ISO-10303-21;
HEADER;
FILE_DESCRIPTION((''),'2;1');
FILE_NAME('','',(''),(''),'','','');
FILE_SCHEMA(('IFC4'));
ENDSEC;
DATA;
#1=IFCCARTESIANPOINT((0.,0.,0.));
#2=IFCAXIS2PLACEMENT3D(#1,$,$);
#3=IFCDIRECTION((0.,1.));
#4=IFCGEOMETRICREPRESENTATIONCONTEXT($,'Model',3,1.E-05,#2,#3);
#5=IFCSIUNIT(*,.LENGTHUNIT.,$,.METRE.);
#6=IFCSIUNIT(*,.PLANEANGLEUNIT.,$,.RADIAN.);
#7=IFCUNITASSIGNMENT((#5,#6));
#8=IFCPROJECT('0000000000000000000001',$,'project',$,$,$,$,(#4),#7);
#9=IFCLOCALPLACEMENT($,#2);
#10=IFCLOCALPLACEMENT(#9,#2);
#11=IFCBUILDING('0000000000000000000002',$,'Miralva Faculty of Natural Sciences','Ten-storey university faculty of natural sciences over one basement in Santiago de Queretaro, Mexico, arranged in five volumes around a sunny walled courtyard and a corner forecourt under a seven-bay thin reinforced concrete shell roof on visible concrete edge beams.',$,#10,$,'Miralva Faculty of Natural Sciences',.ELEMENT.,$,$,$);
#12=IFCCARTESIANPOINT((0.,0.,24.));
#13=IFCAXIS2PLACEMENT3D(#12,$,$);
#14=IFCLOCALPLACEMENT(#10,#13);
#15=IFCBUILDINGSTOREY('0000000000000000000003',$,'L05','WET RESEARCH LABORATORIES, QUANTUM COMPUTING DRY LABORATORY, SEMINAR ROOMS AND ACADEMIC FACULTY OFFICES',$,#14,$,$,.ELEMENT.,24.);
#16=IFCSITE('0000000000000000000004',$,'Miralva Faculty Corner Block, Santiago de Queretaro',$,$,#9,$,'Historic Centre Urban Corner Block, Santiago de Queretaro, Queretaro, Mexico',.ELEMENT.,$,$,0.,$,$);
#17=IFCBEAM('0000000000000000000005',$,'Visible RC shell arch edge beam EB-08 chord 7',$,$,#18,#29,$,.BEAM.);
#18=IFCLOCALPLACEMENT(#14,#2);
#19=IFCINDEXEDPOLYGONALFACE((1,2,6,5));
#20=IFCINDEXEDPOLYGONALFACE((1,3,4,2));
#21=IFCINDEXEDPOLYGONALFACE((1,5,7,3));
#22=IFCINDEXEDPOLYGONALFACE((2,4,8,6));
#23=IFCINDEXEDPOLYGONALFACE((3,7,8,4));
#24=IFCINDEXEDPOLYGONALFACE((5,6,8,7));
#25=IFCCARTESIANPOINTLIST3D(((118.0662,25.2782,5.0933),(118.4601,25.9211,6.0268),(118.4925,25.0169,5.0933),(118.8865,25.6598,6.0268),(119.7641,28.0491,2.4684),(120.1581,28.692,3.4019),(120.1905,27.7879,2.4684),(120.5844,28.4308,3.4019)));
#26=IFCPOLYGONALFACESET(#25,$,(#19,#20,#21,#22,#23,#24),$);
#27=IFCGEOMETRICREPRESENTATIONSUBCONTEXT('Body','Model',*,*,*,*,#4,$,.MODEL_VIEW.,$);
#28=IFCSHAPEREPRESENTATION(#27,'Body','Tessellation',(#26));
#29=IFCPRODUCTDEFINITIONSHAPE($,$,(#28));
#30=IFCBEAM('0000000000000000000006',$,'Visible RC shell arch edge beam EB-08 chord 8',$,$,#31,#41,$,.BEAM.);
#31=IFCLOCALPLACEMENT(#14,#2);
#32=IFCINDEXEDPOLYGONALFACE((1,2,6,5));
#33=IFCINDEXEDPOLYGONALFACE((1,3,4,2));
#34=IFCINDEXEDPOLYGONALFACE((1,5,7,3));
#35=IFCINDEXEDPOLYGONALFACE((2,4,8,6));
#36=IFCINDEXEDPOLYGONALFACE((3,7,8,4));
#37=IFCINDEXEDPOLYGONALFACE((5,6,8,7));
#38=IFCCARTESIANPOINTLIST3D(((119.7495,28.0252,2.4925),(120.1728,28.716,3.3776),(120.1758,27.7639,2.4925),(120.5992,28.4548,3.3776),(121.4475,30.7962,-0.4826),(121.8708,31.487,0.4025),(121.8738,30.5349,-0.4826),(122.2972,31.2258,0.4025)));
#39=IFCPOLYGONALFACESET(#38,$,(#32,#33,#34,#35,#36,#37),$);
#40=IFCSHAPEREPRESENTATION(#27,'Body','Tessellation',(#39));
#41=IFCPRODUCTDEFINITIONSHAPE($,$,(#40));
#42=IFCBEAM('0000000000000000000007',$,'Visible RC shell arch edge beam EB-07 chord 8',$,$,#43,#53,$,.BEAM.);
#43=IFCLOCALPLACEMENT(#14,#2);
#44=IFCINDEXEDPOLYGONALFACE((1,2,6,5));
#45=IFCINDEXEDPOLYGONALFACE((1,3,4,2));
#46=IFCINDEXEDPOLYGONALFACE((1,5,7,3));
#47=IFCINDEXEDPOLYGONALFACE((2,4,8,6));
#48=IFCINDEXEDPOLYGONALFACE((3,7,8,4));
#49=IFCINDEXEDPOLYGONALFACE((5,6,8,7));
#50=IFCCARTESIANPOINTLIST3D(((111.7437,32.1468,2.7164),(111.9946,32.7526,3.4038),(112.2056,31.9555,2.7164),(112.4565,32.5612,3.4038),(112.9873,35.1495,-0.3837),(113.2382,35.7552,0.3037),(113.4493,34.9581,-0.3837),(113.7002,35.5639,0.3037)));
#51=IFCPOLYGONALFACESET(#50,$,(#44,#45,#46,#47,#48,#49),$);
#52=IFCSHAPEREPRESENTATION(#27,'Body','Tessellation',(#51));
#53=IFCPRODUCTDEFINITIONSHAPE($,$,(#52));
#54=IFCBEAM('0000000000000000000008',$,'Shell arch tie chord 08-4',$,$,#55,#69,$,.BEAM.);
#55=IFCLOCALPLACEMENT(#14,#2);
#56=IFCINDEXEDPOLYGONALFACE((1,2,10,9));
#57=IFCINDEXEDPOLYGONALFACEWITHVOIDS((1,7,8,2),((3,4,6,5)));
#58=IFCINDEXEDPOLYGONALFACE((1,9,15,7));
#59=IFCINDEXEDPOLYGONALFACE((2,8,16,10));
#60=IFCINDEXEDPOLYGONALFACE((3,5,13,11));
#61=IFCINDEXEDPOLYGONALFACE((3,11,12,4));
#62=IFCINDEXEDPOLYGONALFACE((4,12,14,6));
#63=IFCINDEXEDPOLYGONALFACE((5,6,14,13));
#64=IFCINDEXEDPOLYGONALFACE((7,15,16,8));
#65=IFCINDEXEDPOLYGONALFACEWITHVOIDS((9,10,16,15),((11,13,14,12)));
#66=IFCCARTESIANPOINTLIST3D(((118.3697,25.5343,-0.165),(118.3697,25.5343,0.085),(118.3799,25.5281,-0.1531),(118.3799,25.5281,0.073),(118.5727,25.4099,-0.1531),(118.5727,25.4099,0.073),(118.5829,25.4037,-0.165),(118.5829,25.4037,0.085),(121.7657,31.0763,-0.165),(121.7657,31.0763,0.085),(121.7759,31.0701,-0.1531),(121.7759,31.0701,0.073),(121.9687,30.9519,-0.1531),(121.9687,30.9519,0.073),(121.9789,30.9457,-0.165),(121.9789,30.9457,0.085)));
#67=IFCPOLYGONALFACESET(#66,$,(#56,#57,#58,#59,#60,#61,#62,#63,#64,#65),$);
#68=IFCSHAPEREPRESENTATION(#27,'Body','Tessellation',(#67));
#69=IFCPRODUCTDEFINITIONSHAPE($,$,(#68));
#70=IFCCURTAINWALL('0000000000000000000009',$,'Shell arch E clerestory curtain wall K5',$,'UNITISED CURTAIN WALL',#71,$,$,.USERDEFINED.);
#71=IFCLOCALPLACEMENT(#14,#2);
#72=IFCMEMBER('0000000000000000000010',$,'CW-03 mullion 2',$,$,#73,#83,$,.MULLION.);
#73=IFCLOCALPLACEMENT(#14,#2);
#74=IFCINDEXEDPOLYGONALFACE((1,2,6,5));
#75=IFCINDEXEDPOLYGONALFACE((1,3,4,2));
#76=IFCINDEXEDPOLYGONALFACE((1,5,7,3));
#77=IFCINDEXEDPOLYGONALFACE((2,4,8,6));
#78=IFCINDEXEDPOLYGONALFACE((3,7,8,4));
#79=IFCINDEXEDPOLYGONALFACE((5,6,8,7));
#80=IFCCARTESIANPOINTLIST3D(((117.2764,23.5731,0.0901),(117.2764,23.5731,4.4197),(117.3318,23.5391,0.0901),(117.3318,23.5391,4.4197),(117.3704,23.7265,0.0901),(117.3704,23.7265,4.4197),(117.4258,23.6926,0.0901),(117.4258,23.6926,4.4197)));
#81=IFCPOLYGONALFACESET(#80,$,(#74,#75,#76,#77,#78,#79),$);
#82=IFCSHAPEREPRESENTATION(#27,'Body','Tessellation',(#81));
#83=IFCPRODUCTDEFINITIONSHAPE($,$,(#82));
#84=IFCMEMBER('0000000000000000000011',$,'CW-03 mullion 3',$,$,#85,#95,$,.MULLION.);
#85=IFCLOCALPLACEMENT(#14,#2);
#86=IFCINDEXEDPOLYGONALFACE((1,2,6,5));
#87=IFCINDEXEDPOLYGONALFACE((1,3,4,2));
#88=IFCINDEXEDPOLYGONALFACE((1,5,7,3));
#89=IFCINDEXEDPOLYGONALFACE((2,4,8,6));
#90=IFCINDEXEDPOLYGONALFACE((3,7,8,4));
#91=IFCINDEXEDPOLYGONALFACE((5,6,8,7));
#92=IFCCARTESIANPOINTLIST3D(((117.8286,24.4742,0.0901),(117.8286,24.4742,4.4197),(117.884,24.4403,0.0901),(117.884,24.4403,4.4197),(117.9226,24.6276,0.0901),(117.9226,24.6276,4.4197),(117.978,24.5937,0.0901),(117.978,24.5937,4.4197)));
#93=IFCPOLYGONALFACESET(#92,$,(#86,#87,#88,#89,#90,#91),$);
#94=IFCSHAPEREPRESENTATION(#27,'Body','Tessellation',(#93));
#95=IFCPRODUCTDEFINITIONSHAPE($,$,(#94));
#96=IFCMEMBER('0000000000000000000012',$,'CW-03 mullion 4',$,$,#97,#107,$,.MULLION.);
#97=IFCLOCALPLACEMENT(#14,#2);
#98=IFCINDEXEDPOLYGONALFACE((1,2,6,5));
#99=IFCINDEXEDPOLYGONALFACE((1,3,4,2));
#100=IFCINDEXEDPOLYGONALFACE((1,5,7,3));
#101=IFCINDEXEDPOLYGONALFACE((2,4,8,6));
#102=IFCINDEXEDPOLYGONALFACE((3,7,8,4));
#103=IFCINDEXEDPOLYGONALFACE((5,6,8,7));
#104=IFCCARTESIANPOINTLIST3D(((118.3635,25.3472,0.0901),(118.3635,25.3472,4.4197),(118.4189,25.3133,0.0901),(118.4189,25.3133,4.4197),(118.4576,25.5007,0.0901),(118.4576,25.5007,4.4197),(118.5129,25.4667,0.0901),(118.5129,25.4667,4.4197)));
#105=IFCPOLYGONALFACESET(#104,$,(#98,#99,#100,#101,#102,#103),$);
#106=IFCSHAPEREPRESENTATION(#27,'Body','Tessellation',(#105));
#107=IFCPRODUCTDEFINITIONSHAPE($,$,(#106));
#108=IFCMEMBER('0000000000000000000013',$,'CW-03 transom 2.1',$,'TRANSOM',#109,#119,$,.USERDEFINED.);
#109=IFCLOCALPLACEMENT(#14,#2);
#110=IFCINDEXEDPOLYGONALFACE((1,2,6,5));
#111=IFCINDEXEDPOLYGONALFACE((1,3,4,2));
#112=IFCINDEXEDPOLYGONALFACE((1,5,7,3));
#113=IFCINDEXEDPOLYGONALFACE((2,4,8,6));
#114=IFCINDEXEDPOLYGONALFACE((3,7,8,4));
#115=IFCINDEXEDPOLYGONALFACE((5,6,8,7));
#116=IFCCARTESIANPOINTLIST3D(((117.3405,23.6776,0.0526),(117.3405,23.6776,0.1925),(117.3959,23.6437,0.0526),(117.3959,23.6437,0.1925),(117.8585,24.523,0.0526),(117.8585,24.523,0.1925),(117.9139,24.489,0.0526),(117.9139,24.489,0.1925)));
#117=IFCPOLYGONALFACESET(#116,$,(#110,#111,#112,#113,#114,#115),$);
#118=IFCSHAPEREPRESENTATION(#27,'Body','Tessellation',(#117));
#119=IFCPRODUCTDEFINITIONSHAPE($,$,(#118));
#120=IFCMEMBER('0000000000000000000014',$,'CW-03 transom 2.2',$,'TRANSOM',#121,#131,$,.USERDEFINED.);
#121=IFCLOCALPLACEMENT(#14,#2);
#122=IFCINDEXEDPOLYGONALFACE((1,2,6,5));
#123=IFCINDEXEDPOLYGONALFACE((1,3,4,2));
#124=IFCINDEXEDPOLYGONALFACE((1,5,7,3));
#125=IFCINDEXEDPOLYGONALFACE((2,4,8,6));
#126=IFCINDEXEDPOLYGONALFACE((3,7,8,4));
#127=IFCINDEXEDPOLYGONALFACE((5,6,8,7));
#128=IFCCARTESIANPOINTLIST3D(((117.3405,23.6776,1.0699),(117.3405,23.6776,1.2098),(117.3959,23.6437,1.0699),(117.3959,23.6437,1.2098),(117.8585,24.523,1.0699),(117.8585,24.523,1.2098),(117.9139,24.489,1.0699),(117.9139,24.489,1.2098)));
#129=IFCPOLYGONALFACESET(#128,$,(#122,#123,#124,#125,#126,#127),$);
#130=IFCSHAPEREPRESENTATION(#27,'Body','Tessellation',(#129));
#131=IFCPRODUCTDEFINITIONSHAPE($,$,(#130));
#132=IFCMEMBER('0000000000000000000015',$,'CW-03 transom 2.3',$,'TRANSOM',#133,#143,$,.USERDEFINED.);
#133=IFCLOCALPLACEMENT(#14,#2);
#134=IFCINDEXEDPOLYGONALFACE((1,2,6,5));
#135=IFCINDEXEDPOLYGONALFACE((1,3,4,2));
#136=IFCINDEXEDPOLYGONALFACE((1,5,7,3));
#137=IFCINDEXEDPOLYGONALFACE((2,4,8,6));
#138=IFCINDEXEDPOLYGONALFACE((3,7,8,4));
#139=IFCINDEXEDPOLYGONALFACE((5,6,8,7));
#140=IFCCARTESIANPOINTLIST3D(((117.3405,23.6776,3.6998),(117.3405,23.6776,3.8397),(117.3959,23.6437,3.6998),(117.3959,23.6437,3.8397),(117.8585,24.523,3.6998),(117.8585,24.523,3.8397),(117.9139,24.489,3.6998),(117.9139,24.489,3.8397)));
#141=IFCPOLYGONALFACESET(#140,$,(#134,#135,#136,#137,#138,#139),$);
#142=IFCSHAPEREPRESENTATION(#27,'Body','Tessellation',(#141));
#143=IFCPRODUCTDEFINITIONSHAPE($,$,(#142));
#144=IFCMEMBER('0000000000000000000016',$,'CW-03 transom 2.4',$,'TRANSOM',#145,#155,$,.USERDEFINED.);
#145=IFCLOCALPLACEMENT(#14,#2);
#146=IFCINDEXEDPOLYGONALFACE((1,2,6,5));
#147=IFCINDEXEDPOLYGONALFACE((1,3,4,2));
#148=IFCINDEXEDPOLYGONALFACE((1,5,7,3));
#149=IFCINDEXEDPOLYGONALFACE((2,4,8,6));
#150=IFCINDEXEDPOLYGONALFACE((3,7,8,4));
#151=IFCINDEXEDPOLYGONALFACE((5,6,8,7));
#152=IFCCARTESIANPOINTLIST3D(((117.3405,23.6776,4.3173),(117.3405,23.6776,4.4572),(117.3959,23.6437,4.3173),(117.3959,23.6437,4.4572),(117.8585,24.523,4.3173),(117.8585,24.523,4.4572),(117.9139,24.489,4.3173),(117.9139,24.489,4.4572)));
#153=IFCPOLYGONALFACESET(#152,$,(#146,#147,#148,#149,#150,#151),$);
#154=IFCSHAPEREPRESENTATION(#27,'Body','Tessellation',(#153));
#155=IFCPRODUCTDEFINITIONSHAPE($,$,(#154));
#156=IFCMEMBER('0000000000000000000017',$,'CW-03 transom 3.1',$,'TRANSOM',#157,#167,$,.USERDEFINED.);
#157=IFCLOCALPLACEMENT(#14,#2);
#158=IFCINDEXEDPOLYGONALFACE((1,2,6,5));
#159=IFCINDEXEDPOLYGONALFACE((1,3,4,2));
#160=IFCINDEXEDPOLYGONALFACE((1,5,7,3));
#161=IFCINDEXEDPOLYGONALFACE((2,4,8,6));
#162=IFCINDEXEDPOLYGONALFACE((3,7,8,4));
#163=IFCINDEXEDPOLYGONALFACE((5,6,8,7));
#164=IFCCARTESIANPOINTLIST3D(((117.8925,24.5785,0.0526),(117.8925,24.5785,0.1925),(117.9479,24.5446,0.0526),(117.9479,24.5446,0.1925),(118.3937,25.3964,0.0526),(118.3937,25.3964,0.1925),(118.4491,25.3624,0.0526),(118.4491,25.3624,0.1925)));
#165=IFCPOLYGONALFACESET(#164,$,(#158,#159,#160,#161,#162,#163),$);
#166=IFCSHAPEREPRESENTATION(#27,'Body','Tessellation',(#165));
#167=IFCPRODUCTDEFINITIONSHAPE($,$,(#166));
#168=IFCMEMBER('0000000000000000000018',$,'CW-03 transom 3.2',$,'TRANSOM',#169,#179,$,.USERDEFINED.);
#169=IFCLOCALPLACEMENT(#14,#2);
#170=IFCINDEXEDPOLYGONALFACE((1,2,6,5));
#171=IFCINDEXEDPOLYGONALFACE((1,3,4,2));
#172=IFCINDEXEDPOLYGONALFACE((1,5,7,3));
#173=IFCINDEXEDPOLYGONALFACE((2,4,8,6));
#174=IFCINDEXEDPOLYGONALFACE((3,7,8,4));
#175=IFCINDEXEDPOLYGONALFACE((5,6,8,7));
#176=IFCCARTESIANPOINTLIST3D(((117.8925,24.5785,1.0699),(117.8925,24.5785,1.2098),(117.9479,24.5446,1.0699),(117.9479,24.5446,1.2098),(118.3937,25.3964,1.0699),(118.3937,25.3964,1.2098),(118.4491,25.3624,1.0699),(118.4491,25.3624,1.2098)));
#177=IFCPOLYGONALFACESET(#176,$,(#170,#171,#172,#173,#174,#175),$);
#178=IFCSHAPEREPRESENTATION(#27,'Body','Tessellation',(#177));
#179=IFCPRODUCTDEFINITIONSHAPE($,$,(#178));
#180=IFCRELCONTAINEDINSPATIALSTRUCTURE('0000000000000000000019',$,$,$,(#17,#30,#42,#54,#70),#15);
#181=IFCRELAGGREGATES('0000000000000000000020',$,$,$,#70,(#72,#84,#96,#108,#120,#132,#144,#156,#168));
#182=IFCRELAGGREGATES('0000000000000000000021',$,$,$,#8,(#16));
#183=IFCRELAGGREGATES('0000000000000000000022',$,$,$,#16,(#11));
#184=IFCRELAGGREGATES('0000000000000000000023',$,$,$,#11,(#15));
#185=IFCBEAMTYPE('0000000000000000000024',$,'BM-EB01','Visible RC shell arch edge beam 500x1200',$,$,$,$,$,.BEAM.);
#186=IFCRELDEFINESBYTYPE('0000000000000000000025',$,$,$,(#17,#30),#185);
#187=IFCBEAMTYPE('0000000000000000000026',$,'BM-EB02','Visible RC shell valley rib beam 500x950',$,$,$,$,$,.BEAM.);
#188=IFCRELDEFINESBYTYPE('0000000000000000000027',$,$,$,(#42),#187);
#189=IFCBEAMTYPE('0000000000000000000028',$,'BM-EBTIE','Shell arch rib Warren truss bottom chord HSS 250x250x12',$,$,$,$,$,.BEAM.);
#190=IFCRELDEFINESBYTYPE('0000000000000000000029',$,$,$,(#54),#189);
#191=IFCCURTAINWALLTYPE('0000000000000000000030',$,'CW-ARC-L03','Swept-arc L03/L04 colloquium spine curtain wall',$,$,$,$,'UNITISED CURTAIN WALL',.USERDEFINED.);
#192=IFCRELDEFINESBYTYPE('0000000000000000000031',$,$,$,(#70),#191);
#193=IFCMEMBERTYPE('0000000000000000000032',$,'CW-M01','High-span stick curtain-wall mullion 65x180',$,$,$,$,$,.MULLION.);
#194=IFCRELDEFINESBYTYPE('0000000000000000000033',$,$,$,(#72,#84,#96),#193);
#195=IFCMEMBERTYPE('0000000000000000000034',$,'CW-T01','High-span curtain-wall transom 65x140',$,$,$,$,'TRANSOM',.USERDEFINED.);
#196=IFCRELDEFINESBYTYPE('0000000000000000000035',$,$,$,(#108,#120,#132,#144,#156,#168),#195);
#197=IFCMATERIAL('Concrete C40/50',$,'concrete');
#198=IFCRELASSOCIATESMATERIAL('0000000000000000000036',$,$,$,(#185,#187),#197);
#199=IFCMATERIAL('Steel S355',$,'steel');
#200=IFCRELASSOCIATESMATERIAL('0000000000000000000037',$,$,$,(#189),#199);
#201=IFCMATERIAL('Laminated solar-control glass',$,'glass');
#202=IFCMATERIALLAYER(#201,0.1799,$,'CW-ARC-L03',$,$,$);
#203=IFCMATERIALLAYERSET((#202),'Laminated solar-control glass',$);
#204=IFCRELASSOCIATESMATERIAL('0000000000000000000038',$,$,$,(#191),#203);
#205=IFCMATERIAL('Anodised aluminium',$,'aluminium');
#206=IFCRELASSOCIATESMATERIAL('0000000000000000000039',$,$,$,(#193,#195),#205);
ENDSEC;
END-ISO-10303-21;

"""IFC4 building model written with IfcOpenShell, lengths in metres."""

from ifc_helpers import new_model, si_unit, direction, frame, origin, origin_2d, place, context, subcontext, project, spatial, rectangle, hollow_rectangle, extrude, material, layer, layer_set, material_profile, profile_set, type_object, element, aggregate, save


model = new_model("IFC4")

# Units and contexts
model_context = context("Model", 3, precision=1e-05, world=origin(), true_north=direction((0.0, 1.0)))
body_context = subcontext(model_context, "Body", "Model", "MODEL_VIEW")
ifc_project = project(units=[si_unit("LENGTHUNIT", "METRE"), si_unit("PLANEANGLEUNIT", "RADIAN")], contexts=[model_context])

# Site, building, storey
site_placement = place(None, origin())
site = spatial("IfcSite", under=ifc_project, at=site_placement, Name="Miralva Faculty Corner Block, Santiago de Queretaro", LongName="Historic Centre Urban Corner Block, Santiago de Queretaro, Queretaro, Mexico", CompositionType="ELEMENT", RefElevation=0.0)
building_placement = place(site_placement, origin())
building = spatial("IfcBuilding", under=site, at=building_placement, Name="Miralva Faculty of Natural Sciences", Description="Ten-storey university faculty of natural sciences over one basement in Santiago de Queretaro, Mexico, arranged in five volumes around a sunny walled courtyard and a corner forecourt under a seven-bay thin reinforced concrete shell roof on visible concrete edge beams.", LongName="Miralva Faculty of Natural Sciences", CompositionType="ELEMENT")
storey_placement = place(building_placement, frame((0.0, 0.0, 24.0)))
storey = spatial("IfcBuildingStorey", under=building, at=storey_placement, Name="L05", Description="WET RESEARCH LABORATORIES, QUANTUM COMPUTING DRY LABORATORY, SEMINAR ROOMS AND ACADEMIC FACULTY OFFICES", CompositionType="ELEMENT", Elevation=24.0)

# Beams
ifc_material_1 = material(Name="Concrete C40/50", Category="concrete")
ifc_material_profile_1 = material_profile(ifc_material_1, rectangle(XDim=0.5, YDim=1.2, at=origin_2d()), Name="RC 500x1200")
ifc_profile_set_1 = profile_set([ifc_material_profile_1], Name="Concrete C40/50")
beam_type_1 = type_object("IfcBeamType", Name="BM-EB01", Description="Visible RC shell arch edge beam 500x1200", PredefinedType="BEAM", material=ifc_profile_set_1)
beam_1_placement = place(storey_placement, frame((118.4763, 25.469, 5.5601), z_axis=(0.406454, 0.6633, -0.628353), x_axis=(-0.85265, 0.522483, 0.0)))
element("IfcBeam", 1, at=beam_1_placement, inside=storey, type_object=beam_type_1, Name="Visible RC shell arch edge beam EB-08 chord 7", PredefinedType="BEAM", context=body_context, shape_type="SweptSolid", body=[
    extrude(rectangle(XDim=0.5, YDim=1.2, at=origin_2d()), origin(), (0.0, 0.0, 1.0), 4.1775),
])
beam_2_placement = place(storey_placement, frame((120.1743, 28.24, 2.9351), z_axis=(0.385383, 0.628914, -0.675238), x_axis=(-0.85265, 0.522483, 0.0)))
element("IfcBeam", 2, at=beam_2_placement, inside=storey, type_object=beam_type_1, Name="Visible RC shell arch edge beam EB-08 chord 8", PredefinedType="BEAM", context=body_context, shape_type="SweptSolid", body=[
    extrude(rectangle(XDim=0.5, YDim=1.2, at=origin_2d()), origin(), (0.0, 0.0, 1.0), 4.406),
])
ifc_material_profile_2 = material_profile(ifc_material_1, rectangle(XDim=0.5, YDim=0.95, at=origin_2d()), Name="RC 500x950")
ifc_profile_set_2 = profile_set([ifc_material_profile_2], Name="Concrete C40/50")
beam_type_2 = type_object("IfcBeamType", Name="BM-EB02", Description="Visible RC shell valley rib beam 500x950", PredefinedType="BEAM", material=ifc_profile_set_2)
beam_3_placement = place(storey_placement, frame((112.1001, 32.354, 3.0601), z_axis=(0.276891, 0.668529, -0.690217), x_axis=(-0.92389, 0.382657, 0.0)))
element("IfcBeam", 3, at=beam_3_placement, inside=storey, type_object=beam_type_2, Name="Visible RC shell arch edge beam EB-07 chord 8", PredefinedType="BEAM", context=body_context, shape_type="SweptSolid", body=[
    extrude(rectangle(XDim=0.5, YDim=0.95, at=origin_2d()), origin(), (0.0, 0.0, 1.0), 4.4915),
])
ifc_material_2 = material(Name="Steel S355", Category="steel")
ifc_material_profile_3 = material_profile(ifc_material_2, hollow_rectangle(XDim=0.25, YDim=0.25, WallThickness=0.012, at=origin_2d()), Name="HSS 250x250x12")
ifc_profile_set_3 = profile_set([ifc_material_profile_3], Name="Steel S355")
beam_type_3 = type_object("IfcBeamType", Name="BM-EBTIE", Description="Shell arch rib Warren truss bottom chord HSS 250x250x12", PredefinedType="BEAM", material=ifc_profile_set_3)
beam_4_placement = place(storey_placement, frame((118.4763, 25.469, -0.04), z_axis=(0.522483, 0.85265, 0.0), x_axis=(-0.85265, 0.522483, 0.0)))
element("IfcBeam", 4, at=beam_4_placement, inside=storey, type_object=beam_type_3, Name="Shell arch tie chord 08-4", PredefinedType="BEAM", context=body_context, shape_type="SweptSolid", body=[
    extrude(hollow_rectangle(XDim=0.25, YDim=0.25, WallThickness=0.012, at=origin_2d()), origin(), (0.0, 0.0, 1.0), 6.4998),
])

# Curtain wall, members
ifc_material_3 = material(Name="Laminated solar-control glass", Category="glass")
ifc_layer_1 = layer(ifc_material_3, 0.1799, Name="CW-ARC-L03")
ifc_layer_set_1 = layer_set([ifc_layer_1], Name="Laminated solar-control glass")
curtain_wall_type = type_object("IfcCurtainWallType", Name="CW-ARC-L03", Description="Swept-arc L03/L04 colloquium spine curtain wall", ElementType="UNITISED CURTAIN WALL", PredefinedType="USERDEFINED", material=ifc_layer_set_1)
curtain_wall_placement = place(storey_placement, origin())
curtain_wall = element("IfcCurtainWall", 5, at=curtain_wall_placement, inside=storey, type_object=curtain_wall_type, Name="Shell arch E clerestory curtain wall K5", ObjectType="UNITISED CURTAIN WALL", PredefinedType="USERDEFINED")
ifc_material_4 = material(Name="Anodised aluminium", Category="aluminium")
ifc_material_profile_4 = material_profile(ifc_material_4, rectangle(XDim=0.0649, YDim=0.1799, at=origin_2d()), Name="MULLION 65x180")
ifc_profile_set_4 = profile_set([ifc_material_profile_4], Name="Anodised aluminium")
member_type_1 = type_object("IfcMemberType", Name="CW-M01", Description="High-span stick curtain-wall mullion 65x180", PredefinedType="MULLION", material=ifc_profile_set_4)
member_1_placement = place(storey_placement, frame((117.3511, 23.6328, 0.0901), z_axis=(0.0, 0.0, 1.0), x_axis=(-0.852646, 0.52249, 0.0)))
member_1 = element("IfcMember", 6, at=member_1_placement, type_object=member_type_1, Name="CW-03 mullion 2", PredefinedType="MULLION", context=body_context, shape_type="SweptSolid", body=[
    extrude(rectangle(XDim=0.0649, YDim=0.1799, at=origin_2d()), origin(), (0.0, 0.0, 1.0), 4.3296),
])
member_2_placement = place(storey_placement, frame((117.9033, 24.5339, 0.0901), z_axis=(0.0, 0.0, 1.0), x_axis=(-0.852646, 0.52249, 0.0)))
member_2 = element("IfcMember", 7, at=member_2_placement, type_object=member_type_1, Name="CW-03 mullion 3", PredefinedType="MULLION", context=body_context, shape_type="SweptSolid", body=[
    extrude(rectangle(XDim=0.0649, YDim=0.1799, at=origin_2d()), origin(), (0.0, 0.0, 1.0), 4.3296),
])
member_3_placement = place(storey_placement, frame((118.4382, 25.407, 0.0901), z_axis=(0.0, 0.0, 1.0), x_axis=(-0.852646, 0.52249, 0.0)))
member_3 = element("IfcMember", 8, at=member_3_placement, type_object=member_type_1, Name="CW-03 mullion 4", PredefinedType="MULLION", context=body_context, shape_type="SweptSolid", body=[
    extrude(rectangle(XDim=0.0649, YDim=0.1799, at=origin_2d()), origin(), (0.0, 0.0, 1.0), 4.3296),
])
ifc_material_profile_5 = material_profile(ifc_material_4, rectangle(XDim=0.0649, YDim=0.1399, at=origin_2d()), Name="TRANSOM 65x140")
ifc_profile_set_5 = profile_set([ifc_material_profile_5], Name="Anodised aluminium")
member_type_2 = type_object("IfcMemberType", Name="CW-T01", Description="High-span curtain-wall transom 65x140", ElementType="TRANSOM", PredefinedType="USERDEFINED", material=ifc_profile_set_5)
member_4_placement = place(storey_placement, frame((117.3682, 23.6606, 0.1226), z_axis=(0.522475, 0.852654, 0.0), x_axis=(-0.852654, 0.522475, 0.0)))
member_4 = element("IfcMember", 9, at=member_4_placement, type_object=member_type_2, Name="CW-03 transom 2.1", ObjectType="TRANSOM", PredefinedType="USERDEFINED", context=body_context, shape_type="SweptSolid", body=[
    extrude(rectangle(XDim=0.0649, YDim=0.1399, at=origin_2d()), origin(), (0.0, 0.0, 1.0), 0.9915),
])
member_5_placement = place(storey_placement, frame((117.3682, 23.6606, 1.1399), z_axis=(0.522475, 0.852654, 0.0), x_axis=(-0.852654, 0.522475, 0.0)))
member_5 = element("IfcMember", 10, at=member_5_placement, type_object=member_type_2, Name="CW-03 transom 2.2", ObjectType="TRANSOM", PredefinedType="USERDEFINED", context=body_context, shape_type="SweptSolid", body=[
    extrude(rectangle(XDim=0.0649, YDim=0.1399, at=origin_2d()), origin(), (0.0, 0.0, 1.0), 0.9915),
])
member_6_placement = place(storey_placement, frame((117.3682, 23.6606, 3.7698), z_axis=(0.522475, 0.852654, 0.0), x_axis=(-0.852654, 0.522475, 0.0)))
member_6 = element("IfcMember", 11, at=member_6_placement, type_object=member_type_2, Name="CW-03 transom 2.3", ObjectType="TRANSOM", PredefinedType="USERDEFINED", context=body_context, shape_type="SweptSolid", body=[
    extrude(rectangle(XDim=0.0649, YDim=0.1399, at=origin_2d()), origin(), (0.0, 0.0, 1.0), 0.9915),
])
member_7_placement = place(storey_placement, frame((117.3682, 23.6606, 4.3872), z_axis=(0.522475, 0.852654, 0.0), x_axis=(-0.852654, 0.522475, 0.0)))
member_7 = element("IfcMember", 12, at=member_7_placement, type_object=member_type_2, Name="CW-03 transom 2.4", ObjectType="TRANSOM", PredefinedType="USERDEFINED", context=body_context, shape_type="SweptSolid", body=[
    extrude(rectangle(XDim=0.0649, YDim=0.1399, at=origin_2d()), origin(), (0.0, 0.0, 1.0), 0.9915),
])
member_8_placement = place(storey_placement, frame((117.9202, 24.5615, 0.1226), z_axis=(0.52252, 0.852627, 0.0), x_axis=(-0.852627, 0.52252, 0.0)))
member_8 = element("IfcMember", 13, at=member_8_placement, type_object=member_type_2, Name="CW-03 transom 3.1", ObjectType="TRANSOM", PredefinedType="USERDEFINED", context=body_context, shape_type="SweptSolid", body=[
    extrude(rectangle(XDim=0.0649, YDim=0.1399, at=origin_2d()), origin(), (0.0, 0.0, 1.0), 0.9592),
])
member_9_placement = place(storey_placement, frame((117.9202, 24.5615, 1.1399), z_axis=(0.52252, 0.852627, 0.0), x_axis=(-0.852627, 0.52252, 0.0)))
member_9 = element("IfcMember", 14, at=member_9_placement, type_object=member_type_2, Name="CW-03 transom 3.2", ObjectType="TRANSOM", PredefinedType="USERDEFINED", context=body_context, shape_type="SweptSolid", body=[
    extrude(rectangle(XDim=0.0649, YDim=0.1399, at=origin_2d()), origin(), (0.0, 0.0, 1.0), 0.9592),
])

aggregate(curtain_wall, [member_1, member_2, member_3, member_4, member_5, member_6, member_7, member_8, member_9])

save(model, "model.ifc")
